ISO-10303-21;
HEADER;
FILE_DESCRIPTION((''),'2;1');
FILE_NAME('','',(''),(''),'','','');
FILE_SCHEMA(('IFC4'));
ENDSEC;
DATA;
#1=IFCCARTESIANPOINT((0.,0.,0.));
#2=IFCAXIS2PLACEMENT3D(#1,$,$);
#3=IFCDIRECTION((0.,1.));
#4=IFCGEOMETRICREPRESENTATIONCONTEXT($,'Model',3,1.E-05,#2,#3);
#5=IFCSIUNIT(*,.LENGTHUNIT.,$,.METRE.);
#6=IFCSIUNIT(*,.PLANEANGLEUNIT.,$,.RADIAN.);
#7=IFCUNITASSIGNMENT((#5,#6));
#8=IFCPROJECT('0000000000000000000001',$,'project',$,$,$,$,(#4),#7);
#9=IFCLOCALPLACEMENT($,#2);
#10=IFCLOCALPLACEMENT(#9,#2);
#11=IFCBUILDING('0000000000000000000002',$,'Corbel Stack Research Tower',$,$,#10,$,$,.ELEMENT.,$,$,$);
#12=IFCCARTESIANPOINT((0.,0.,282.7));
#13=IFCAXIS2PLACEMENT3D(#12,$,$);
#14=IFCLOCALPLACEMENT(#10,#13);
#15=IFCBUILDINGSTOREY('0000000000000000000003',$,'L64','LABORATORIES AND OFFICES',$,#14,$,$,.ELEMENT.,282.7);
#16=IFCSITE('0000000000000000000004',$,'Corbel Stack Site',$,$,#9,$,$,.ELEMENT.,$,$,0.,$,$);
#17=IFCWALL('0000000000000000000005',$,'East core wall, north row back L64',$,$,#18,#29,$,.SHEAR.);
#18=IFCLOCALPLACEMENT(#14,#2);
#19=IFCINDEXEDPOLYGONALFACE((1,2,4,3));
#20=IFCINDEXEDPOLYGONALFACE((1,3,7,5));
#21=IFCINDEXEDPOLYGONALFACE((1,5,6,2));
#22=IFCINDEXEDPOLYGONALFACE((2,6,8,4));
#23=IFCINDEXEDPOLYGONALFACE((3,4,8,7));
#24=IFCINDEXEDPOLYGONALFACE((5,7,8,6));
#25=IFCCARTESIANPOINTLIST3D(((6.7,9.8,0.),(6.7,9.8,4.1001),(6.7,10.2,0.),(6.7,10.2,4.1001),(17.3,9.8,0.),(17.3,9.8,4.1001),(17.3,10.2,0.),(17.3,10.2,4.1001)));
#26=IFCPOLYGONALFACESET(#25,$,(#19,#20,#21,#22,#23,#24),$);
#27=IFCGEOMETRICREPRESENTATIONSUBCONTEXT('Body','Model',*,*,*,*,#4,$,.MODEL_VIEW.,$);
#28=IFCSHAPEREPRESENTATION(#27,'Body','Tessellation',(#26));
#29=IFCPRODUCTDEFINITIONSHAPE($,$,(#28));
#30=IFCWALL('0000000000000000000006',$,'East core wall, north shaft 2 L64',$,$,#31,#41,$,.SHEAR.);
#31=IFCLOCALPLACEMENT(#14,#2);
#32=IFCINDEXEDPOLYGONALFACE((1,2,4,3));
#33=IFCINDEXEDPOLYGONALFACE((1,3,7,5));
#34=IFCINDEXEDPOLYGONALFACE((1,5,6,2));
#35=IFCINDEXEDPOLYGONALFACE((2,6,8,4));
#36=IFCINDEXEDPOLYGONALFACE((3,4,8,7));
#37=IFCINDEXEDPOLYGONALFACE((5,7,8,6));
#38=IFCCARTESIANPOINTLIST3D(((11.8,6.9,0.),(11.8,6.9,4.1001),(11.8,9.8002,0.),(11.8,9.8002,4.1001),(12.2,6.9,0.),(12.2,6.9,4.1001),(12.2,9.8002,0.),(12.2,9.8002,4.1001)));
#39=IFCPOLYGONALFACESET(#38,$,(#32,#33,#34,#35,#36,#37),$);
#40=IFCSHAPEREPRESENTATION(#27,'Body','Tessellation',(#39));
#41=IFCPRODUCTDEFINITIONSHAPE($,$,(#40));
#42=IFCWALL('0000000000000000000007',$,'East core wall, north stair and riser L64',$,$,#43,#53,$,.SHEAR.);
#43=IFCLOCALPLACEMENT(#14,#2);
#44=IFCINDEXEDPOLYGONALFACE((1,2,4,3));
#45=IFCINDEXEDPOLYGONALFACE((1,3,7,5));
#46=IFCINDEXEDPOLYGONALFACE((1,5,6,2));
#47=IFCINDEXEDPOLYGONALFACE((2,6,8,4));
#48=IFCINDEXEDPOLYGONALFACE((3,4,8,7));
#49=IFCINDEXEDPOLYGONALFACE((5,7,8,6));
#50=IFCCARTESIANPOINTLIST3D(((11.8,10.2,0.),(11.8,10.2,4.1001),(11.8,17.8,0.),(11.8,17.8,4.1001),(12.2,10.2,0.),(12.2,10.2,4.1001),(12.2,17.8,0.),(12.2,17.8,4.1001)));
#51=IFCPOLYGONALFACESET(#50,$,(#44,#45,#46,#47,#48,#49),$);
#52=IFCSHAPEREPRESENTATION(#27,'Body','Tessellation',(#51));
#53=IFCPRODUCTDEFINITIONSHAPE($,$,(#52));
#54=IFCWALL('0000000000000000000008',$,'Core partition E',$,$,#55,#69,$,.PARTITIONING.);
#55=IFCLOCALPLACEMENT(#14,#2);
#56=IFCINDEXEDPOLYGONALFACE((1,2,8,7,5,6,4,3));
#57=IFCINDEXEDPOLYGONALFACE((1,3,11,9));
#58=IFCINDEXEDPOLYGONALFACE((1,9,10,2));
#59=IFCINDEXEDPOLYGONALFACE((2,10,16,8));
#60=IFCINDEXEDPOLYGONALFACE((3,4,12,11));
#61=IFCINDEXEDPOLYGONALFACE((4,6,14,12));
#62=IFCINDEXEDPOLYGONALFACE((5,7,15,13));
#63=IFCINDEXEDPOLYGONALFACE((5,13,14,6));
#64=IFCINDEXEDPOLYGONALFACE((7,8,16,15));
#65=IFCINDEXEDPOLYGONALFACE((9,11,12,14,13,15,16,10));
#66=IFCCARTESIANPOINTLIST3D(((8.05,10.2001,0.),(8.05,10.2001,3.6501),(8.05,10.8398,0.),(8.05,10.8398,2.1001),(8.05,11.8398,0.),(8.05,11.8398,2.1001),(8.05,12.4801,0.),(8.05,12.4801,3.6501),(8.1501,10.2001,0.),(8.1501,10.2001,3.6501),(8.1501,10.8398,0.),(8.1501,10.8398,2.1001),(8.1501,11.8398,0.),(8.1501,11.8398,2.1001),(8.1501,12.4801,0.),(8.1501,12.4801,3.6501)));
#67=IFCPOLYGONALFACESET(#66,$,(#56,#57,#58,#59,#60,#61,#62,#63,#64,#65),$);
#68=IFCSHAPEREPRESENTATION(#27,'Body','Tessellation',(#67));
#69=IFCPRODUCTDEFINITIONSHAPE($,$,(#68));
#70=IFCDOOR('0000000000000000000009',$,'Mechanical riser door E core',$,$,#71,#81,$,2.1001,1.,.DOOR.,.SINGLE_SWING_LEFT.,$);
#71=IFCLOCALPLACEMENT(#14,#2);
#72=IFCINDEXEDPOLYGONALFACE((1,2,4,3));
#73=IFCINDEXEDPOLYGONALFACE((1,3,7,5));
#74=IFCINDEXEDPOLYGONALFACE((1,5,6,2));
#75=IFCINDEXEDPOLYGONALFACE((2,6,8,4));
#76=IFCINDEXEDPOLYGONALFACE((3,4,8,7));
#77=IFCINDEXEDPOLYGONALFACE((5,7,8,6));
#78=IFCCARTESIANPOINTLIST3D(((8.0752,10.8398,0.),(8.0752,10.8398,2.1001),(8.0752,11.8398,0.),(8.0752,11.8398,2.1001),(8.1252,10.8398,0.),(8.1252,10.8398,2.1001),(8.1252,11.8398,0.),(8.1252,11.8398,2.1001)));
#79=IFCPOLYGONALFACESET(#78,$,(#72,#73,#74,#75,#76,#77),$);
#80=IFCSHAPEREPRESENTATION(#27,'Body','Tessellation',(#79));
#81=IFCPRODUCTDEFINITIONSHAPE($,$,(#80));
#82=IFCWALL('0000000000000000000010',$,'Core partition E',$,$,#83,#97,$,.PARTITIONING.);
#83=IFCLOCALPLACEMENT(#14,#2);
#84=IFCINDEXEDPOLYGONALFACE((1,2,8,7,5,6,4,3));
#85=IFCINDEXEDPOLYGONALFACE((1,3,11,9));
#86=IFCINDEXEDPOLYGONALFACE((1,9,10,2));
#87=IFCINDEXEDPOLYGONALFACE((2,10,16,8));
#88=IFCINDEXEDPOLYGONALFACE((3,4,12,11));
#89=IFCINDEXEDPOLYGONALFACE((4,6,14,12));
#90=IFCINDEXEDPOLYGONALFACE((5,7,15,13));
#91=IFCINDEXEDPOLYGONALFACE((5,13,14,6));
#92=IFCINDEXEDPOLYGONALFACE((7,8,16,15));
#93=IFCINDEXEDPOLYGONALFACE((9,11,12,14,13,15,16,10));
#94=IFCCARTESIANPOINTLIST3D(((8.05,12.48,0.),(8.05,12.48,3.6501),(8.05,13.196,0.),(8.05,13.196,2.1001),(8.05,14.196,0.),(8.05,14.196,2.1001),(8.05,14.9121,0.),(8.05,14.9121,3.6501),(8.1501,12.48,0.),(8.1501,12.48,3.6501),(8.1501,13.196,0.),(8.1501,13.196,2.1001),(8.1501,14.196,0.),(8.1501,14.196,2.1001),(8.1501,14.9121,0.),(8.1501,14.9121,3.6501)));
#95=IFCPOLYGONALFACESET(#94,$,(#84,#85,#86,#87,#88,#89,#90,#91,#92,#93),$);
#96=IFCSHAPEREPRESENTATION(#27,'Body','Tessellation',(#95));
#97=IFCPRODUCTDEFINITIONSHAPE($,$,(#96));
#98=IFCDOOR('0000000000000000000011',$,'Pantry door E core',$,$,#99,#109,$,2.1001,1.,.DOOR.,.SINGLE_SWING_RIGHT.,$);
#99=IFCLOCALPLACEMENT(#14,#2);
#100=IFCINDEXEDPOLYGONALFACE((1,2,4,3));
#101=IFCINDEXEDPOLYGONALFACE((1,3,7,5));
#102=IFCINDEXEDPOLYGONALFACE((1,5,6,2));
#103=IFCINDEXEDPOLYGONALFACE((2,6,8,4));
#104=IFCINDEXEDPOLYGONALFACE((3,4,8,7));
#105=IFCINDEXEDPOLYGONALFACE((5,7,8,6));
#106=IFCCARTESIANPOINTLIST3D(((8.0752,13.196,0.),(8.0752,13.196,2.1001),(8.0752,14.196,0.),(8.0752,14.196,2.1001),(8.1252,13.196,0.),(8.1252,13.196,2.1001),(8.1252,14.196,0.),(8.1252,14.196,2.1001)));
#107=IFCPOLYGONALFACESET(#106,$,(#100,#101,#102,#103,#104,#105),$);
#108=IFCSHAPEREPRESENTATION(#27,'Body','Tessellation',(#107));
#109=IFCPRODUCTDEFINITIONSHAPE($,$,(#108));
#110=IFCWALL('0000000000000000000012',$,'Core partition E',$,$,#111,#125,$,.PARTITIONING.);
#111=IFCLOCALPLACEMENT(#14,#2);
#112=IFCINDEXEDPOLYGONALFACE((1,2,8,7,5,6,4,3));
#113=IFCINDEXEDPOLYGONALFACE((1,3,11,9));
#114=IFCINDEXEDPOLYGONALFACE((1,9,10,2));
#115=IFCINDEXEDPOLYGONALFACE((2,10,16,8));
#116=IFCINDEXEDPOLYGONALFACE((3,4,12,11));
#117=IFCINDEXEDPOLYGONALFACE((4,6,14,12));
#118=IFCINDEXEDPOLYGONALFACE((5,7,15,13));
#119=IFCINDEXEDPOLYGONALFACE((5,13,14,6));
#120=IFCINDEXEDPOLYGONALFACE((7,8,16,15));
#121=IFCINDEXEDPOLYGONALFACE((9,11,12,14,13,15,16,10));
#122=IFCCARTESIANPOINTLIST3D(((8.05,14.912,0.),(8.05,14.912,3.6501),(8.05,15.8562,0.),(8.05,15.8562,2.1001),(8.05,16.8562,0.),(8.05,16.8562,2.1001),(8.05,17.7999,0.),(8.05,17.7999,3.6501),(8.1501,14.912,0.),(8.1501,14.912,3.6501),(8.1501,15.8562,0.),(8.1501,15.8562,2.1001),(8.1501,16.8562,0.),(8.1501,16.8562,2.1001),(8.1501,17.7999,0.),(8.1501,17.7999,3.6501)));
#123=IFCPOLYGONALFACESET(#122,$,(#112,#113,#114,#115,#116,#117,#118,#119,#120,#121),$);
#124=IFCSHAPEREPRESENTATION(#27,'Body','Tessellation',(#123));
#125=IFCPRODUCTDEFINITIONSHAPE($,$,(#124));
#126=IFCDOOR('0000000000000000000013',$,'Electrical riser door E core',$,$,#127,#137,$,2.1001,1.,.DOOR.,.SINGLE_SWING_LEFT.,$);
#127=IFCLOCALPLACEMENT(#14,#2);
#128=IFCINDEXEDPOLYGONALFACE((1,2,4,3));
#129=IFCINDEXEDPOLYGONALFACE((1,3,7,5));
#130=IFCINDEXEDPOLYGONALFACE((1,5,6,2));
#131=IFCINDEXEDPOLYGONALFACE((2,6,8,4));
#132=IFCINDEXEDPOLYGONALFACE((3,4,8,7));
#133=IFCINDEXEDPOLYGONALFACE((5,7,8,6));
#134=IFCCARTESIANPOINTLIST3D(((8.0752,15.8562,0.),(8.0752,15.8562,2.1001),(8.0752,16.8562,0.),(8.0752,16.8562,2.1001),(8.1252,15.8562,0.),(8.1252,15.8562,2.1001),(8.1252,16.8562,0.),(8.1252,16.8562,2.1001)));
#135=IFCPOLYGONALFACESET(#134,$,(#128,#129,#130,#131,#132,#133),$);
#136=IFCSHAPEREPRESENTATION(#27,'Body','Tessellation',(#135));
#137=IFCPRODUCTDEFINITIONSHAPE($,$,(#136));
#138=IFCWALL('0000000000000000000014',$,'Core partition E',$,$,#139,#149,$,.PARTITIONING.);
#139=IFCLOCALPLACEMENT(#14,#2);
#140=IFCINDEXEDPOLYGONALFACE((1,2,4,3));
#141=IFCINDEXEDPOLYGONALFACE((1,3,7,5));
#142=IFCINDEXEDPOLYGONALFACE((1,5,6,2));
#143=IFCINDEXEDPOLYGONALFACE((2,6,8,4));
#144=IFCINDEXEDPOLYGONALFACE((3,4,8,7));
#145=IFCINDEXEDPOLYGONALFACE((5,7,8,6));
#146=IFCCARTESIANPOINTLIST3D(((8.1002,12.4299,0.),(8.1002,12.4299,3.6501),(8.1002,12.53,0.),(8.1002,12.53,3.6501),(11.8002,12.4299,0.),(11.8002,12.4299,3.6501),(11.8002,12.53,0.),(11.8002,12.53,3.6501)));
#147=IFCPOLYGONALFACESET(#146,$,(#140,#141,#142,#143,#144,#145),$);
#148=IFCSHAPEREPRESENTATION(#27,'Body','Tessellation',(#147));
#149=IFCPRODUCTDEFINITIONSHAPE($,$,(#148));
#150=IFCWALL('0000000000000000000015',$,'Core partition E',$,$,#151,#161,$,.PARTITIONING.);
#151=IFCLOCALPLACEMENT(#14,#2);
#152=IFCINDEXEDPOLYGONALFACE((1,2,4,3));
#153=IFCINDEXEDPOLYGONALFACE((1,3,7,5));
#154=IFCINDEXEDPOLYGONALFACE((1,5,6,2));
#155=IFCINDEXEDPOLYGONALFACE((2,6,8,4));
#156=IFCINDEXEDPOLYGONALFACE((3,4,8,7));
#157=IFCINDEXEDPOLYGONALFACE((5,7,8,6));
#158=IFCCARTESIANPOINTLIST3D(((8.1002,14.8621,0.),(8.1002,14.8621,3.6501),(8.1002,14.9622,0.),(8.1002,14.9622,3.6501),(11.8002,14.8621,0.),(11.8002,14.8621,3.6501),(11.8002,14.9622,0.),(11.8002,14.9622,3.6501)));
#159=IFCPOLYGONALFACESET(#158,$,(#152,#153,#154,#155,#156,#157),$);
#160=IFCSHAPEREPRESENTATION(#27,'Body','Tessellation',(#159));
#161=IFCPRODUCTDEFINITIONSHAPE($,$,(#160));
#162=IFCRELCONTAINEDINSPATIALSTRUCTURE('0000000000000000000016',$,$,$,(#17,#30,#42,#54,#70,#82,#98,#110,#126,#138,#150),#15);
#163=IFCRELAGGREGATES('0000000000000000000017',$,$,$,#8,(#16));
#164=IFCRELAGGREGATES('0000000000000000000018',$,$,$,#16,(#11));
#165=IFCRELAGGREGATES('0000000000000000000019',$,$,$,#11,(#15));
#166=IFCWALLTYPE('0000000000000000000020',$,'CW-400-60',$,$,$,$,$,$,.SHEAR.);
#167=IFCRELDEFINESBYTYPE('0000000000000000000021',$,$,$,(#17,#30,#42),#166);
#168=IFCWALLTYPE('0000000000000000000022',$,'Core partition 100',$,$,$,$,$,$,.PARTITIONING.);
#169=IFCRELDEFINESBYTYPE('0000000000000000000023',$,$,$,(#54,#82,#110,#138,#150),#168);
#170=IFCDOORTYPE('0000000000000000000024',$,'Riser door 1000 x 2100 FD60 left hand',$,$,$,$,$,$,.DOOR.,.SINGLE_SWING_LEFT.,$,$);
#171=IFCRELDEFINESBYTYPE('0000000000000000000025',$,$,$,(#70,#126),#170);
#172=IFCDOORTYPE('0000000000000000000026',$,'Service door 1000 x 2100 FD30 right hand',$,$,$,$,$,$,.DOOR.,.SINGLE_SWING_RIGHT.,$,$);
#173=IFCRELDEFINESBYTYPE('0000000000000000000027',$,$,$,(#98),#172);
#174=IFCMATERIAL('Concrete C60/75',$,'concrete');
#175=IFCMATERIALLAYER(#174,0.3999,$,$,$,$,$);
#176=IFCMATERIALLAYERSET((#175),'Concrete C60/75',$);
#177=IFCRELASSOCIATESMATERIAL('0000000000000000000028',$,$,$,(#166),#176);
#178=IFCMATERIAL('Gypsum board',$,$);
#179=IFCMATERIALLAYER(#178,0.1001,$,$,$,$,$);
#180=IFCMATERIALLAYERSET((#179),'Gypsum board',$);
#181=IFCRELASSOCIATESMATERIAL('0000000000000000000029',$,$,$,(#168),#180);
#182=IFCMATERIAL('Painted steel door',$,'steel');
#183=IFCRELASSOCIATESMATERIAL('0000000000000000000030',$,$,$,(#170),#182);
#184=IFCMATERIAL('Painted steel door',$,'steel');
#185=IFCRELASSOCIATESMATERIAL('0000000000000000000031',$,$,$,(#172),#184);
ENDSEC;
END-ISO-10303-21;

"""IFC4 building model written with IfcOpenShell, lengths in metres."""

from ifc_helpers import new_model, si_unit, direction, frame, frame_2d, origin, place, context, subcontext, project, spatial, rectangle, extrude, material, layer, layer_set, type_object, element, fill, save


model = new_model("IFC4")

# Units and contexts
model_context = context("Model", 3, precision=1e-05, world=origin(), true_north=direction((0.0, 1.0)))
body_context = subcontext(model_context, "Body", "Model", "MODEL_VIEW")
ifc_project = project(units=[si_unit("LENGTHUNIT", "METRE"), si_unit("PLANEANGLEUNIT", "RADIAN")], contexts=[model_context])

# Site, building, storey
site_placement = place(None, origin())
site = spatial("IfcSite", under=ifc_project, at=site_placement, Name="Corbel Stack Site", CompositionType="ELEMENT", RefElevation=0.0)
building_placement = place(site_placement, origin())
building = spatial("IfcBuilding", under=site, at=building_placement, Name="Corbel Stack Research Tower", CompositionType="ELEMENT")
storey_placement = place(building_placement, frame((0.0, 0.0, 282.7)))
storey = spatial("IfcBuildingStorey", under=building, at=storey_placement, Name="L64", Description="LABORATORIES AND OFFICES", CompositionType="ELEMENT", Elevation=282.7)

# Walls
ifc_material_1 = material(Name="Concrete C60/75", Category="concrete")
ifc_layer_1 = layer(ifc_material_1, 0.3999)
ifc_layer_set_1 = layer_set([ifc_layer_1], Name="Concrete C60/75")
wall_type_1 = type_object("IfcWallType", Name="CW-400-60", PredefinedType="SHEAR", material=ifc_layer_set_1)
wall_1_placement = place(storey_placement, frame((6.7, 10.0, 0.0), z_axis=(0.0, 0.0, 1.0), x_axis=(1.0, 0.0, 0.0)))
element("IfcWall", 1, at=wall_1_placement, inside=storey, type_object=wall_type_1, Name="East core wall, north row back L64", PredefinedType="SHEAR", context=body_context, shape_type="SweptSolid", body=[
    extrude(rectangle(XDim=10.6001, YDim=0.3999, at=frame_2d((5.3, 0.0))), origin(), (0.0, 0.0, 1.0), 4.1001),
])
wall_2_placement = place(storey_placement, frame((12.0, 6.8999, 0.0), z_axis=(0.0, 0.0, 1.0), x_axis=(0.0, 1.0, 0.0)))
element("IfcWall", 2, at=wall_2_placement, inside=storey, type_object=wall_type_1, Name="East core wall, north shaft 2 L64", PredefinedType="SHEAR", context=body_context, shape_type="SweptSolid", body=[
    extrude(rectangle(XDim=2.9001, YDim=0.3999, at=frame_2d((1.4502, 0.0))), origin(), (0.0, 0.0, 1.0), 4.1001),
])
wall_3_placement = place(storey_placement, frame((12.0, 10.2, 0.0), z_axis=(0.0, 0.0, 1.0), x_axis=(0.0, 1.0, 0.0)))
element("IfcWall", 3, at=wall_3_placement, inside=storey, type_object=wall_type_1, Name="East core wall, north stair and riser L64", PredefinedType="SHEAR", context=body_context, shape_type="SweptSolid", body=[
    extrude(rectangle(XDim=7.6001, YDim=0.3999, at=frame_2d((3.8, 0.0))), origin(), (0.0, 0.0, 1.0), 4.1001),
])

# Walls, openings, doors
ifc_material_2 = material(Name="Gypsum board")
ifc_layer_2 = layer(ifc_material_2, 0.1001)
ifc_layer_set_2 = layer_set([ifc_layer_2], Name="Gypsum board")
wall_type_2 = type_object("IfcWallType", Name="Core partition 100", PredefinedType="PARTITIONING", material=ifc_layer_set_2)
wall_4_placement = place(storey_placement, frame((8.1001, 10.2, 0.0), z_axis=(0.0, 0.0, 1.0), x_axis=(0.0, 1.0, 0.0)))
wall_4 = element("IfcWall", 4, at=wall_4_placement, inside=storey, type_object=wall_type_2, Name="Core partition E", PredefinedType="PARTITIONING", context=body_context, shape_type="SweptSolid", body=[
    extrude(rectangle(XDim=2.28, YDim=0.1001, at=frame_2d((1.1401, 0.0))), origin(), (0.0, 0.0, 1.0), 3.6501),
])
opening_1_placement = place(wall_4_placement, frame((0.6399, 0.0, 0.0)))
opening_1 = element("IfcOpeningElement", 5, at=opening_1_placement, cuts=wall_4, PredefinedType="OPENING", context=body_context, shape_type="SweptSolid", body=[
    extrude(rectangle(XDim=1.0, YDim=2.1001, at=frame_2d((0.5, 1.05))), frame((0.0, 0.0601, 0.0), z_axis=(0.0, -1.0, 0.0), x_axis=(1.0, 0.0, 0.0)), (0.0, 0.0, 1.0), 0.1201),
])
ifc_material_3 = material(Name="Painted steel door", Category="steel")
door_type_1 = type_object("IfcDoorType", Name="Riser door 1000 x 2100 FD60 left hand", OperationType="SINGLE_SWING_LEFT", PredefinedType="DOOR", material=ifc_material_3)
door_1_placement = place(opening_1_placement, origin())
door_1 = element("IfcDoor", 6, at=door_1_placement, inside=storey, type_object=door_type_1, Name="Mechanical riser door E core", OperationType="SINGLE_SWING_LEFT", OverallHeight=2.1001, OverallWidth=1.0, PredefinedType="DOOR", context=body_context, shape_type="SweptSolid", body=[
    extrude(rectangle(XDim=1.0, YDim=2.1001, at=frame_2d((0.5, 1.05))), frame((0.0, 0.0249, 0.0), z_axis=(0.0, -1.0, 0.0), x_axis=(1.0, 0.0, 0.0)), (0.0, 0.0, 1.0), 0.05),
])
fill(opening_1, door_1)
wall_5_placement = place(storey_placement, frame((8.1001, 12.48, 0.0), z_axis=(0.0, 0.0, 1.0), x_axis=(0.0, 1.0, 0.0)))
wall_5 = element("IfcWall", 7, at=wall_5_placement, inside=storey, type_object=wall_type_2, Name="Core partition E", PredefinedType="PARTITIONING", context=body_context, shape_type="SweptSolid", body=[
    extrude(rectangle(XDim=2.4321, YDim=0.1001, at=frame_2d((1.2161, 0.0))), origin(), (0.0, 0.0, 1.0), 3.6501),
])
opening_2_placement = place(wall_5_placement, frame((0.7161, 0.0, 0.0)))
opening_2 = element("IfcOpeningElement", 8, at=opening_2_placement, cuts=wall_5, PredefinedType="OPENING", context=body_context, shape_type="SweptSolid", body=[
    extrude(rectangle(XDim=1.0, YDim=2.1001, at=frame_2d((0.5, 1.05))), frame((0.0, 0.0601, 0.0), z_axis=(0.0, -1.0, 0.0), x_axis=(1.0, 0.0, 0.0)), (0.0, 0.0, 1.0), 0.1201),
])
ifc_material_4 = material(Name="Painted steel door", Category="steel")
door_type_2 = type_object("IfcDoorType", Name="Service door 1000 x 2100 FD30 right hand", OperationType="SINGLE_SWING_RIGHT", PredefinedType="DOOR", material=ifc_material_4)
door_2_placement = place(opening_2_placement, origin())
door_2 = element("IfcDoor", 9, at=door_2_placement, inside=storey, type_object=door_type_2, Name="Pantry door E core", OperationType="SINGLE_SWING_RIGHT", OverallHeight=2.1001, OverallWidth=1.0, PredefinedType="DOOR", context=body_context, shape_type="SweptSolid", body=[
    extrude(rectangle(XDim=1.0, YDim=2.1001, at=frame_2d((0.5, 1.05))), frame((0.0, 0.0249, 0.0), z_axis=(0.0, -1.0, 0.0), x_axis=(1.0, 0.0, 0.0)), (0.0, 0.0, 1.0), 0.05),
])
fill(opening_2, door_2)
wall_6_placement = place(storey_placement, frame((8.1001, 14.9121, 0.0), z_axis=(0.0, 0.0, 1.0), x_axis=(0.0, 1.0, 0.0)))
wall_6 = element("IfcWall", 10, at=wall_6_placement, inside=storey, type_object=wall_type_2, Name="Core partition E", PredefinedType="PARTITIONING", context=body_context, shape_type="SweptSolid", body=[
    extrude(rectangle(XDim=2.8879, YDim=0.1001, at=frame_2d((1.4438, 0.0))), origin(), (0.0, 0.0, 1.0), 3.6501),
])
opening_3_placement = place(wall_6_placement, frame((0.9441, 0.0, 0.0)))
opening_3 = element("IfcOpeningElement", 11, at=opening_3_placement, cuts=wall_6, PredefinedType="OPENING", context=body_context, shape_type="SweptSolid", body=[
    extrude(rectangle(XDim=1.0, YDim=2.1001, at=frame_2d((0.5, 1.05))), frame((0.0, 0.0601, 0.0), z_axis=(0.0, -1.0, 0.0), x_axis=(1.0, 0.0, 0.0)), (0.0, 0.0, 1.0), 0.1201),
])
door_3_placement = place(opening_3_placement, origin())
door_3 = element("IfcDoor", 12, at=door_3_placement, inside=storey, type_object=door_type_1, Name="Electrical riser door E core", OperationType="SINGLE_SWING_LEFT", OverallHeight=2.1001, OverallWidth=1.0, PredefinedType="DOOR", context=body_context, shape_type="SweptSolid", body=[
    extrude(rectangle(XDim=1.0, YDim=2.1001, at=frame_2d((0.5, 1.05))), frame((0.0, 0.0249, 0.0), z_axis=(0.0, -1.0, 0.0), x_axis=(1.0, 0.0, 0.0)), (0.0, 0.0, 1.0), 0.05),
])
fill(opening_3, door_3)

# Walls
for number, where, z_axis, x_axis, name in (
    (13, (8.1001, 12.48, 0.0), (0.0, 0.0, 1.0), (1.0, 0.0, 0.0), "Core partition E"),
    (14, (8.1001, 14.9121, 0.0), (0.0, 0.0, 1.0), (1.0, 0.0, 0.0), "Core partition E"),
):
    element("IfcWall", number, at=place(storey_placement, frame(where, z_axis=z_axis, x_axis=x_axis)), inside=storey, type_object=wall_type_2, Name=name, PredefinedType="PARTITIONING", context=body_context, shape_type="SweptSolid", body=[
        extrude(rectangle(XDim=3.7, YDim=0.1001, at=frame_2d((1.8501, 0.0))), origin(), (0.0, 0.0, 1.0), 3.6501),
    ])

save(model, "model.ifc")
